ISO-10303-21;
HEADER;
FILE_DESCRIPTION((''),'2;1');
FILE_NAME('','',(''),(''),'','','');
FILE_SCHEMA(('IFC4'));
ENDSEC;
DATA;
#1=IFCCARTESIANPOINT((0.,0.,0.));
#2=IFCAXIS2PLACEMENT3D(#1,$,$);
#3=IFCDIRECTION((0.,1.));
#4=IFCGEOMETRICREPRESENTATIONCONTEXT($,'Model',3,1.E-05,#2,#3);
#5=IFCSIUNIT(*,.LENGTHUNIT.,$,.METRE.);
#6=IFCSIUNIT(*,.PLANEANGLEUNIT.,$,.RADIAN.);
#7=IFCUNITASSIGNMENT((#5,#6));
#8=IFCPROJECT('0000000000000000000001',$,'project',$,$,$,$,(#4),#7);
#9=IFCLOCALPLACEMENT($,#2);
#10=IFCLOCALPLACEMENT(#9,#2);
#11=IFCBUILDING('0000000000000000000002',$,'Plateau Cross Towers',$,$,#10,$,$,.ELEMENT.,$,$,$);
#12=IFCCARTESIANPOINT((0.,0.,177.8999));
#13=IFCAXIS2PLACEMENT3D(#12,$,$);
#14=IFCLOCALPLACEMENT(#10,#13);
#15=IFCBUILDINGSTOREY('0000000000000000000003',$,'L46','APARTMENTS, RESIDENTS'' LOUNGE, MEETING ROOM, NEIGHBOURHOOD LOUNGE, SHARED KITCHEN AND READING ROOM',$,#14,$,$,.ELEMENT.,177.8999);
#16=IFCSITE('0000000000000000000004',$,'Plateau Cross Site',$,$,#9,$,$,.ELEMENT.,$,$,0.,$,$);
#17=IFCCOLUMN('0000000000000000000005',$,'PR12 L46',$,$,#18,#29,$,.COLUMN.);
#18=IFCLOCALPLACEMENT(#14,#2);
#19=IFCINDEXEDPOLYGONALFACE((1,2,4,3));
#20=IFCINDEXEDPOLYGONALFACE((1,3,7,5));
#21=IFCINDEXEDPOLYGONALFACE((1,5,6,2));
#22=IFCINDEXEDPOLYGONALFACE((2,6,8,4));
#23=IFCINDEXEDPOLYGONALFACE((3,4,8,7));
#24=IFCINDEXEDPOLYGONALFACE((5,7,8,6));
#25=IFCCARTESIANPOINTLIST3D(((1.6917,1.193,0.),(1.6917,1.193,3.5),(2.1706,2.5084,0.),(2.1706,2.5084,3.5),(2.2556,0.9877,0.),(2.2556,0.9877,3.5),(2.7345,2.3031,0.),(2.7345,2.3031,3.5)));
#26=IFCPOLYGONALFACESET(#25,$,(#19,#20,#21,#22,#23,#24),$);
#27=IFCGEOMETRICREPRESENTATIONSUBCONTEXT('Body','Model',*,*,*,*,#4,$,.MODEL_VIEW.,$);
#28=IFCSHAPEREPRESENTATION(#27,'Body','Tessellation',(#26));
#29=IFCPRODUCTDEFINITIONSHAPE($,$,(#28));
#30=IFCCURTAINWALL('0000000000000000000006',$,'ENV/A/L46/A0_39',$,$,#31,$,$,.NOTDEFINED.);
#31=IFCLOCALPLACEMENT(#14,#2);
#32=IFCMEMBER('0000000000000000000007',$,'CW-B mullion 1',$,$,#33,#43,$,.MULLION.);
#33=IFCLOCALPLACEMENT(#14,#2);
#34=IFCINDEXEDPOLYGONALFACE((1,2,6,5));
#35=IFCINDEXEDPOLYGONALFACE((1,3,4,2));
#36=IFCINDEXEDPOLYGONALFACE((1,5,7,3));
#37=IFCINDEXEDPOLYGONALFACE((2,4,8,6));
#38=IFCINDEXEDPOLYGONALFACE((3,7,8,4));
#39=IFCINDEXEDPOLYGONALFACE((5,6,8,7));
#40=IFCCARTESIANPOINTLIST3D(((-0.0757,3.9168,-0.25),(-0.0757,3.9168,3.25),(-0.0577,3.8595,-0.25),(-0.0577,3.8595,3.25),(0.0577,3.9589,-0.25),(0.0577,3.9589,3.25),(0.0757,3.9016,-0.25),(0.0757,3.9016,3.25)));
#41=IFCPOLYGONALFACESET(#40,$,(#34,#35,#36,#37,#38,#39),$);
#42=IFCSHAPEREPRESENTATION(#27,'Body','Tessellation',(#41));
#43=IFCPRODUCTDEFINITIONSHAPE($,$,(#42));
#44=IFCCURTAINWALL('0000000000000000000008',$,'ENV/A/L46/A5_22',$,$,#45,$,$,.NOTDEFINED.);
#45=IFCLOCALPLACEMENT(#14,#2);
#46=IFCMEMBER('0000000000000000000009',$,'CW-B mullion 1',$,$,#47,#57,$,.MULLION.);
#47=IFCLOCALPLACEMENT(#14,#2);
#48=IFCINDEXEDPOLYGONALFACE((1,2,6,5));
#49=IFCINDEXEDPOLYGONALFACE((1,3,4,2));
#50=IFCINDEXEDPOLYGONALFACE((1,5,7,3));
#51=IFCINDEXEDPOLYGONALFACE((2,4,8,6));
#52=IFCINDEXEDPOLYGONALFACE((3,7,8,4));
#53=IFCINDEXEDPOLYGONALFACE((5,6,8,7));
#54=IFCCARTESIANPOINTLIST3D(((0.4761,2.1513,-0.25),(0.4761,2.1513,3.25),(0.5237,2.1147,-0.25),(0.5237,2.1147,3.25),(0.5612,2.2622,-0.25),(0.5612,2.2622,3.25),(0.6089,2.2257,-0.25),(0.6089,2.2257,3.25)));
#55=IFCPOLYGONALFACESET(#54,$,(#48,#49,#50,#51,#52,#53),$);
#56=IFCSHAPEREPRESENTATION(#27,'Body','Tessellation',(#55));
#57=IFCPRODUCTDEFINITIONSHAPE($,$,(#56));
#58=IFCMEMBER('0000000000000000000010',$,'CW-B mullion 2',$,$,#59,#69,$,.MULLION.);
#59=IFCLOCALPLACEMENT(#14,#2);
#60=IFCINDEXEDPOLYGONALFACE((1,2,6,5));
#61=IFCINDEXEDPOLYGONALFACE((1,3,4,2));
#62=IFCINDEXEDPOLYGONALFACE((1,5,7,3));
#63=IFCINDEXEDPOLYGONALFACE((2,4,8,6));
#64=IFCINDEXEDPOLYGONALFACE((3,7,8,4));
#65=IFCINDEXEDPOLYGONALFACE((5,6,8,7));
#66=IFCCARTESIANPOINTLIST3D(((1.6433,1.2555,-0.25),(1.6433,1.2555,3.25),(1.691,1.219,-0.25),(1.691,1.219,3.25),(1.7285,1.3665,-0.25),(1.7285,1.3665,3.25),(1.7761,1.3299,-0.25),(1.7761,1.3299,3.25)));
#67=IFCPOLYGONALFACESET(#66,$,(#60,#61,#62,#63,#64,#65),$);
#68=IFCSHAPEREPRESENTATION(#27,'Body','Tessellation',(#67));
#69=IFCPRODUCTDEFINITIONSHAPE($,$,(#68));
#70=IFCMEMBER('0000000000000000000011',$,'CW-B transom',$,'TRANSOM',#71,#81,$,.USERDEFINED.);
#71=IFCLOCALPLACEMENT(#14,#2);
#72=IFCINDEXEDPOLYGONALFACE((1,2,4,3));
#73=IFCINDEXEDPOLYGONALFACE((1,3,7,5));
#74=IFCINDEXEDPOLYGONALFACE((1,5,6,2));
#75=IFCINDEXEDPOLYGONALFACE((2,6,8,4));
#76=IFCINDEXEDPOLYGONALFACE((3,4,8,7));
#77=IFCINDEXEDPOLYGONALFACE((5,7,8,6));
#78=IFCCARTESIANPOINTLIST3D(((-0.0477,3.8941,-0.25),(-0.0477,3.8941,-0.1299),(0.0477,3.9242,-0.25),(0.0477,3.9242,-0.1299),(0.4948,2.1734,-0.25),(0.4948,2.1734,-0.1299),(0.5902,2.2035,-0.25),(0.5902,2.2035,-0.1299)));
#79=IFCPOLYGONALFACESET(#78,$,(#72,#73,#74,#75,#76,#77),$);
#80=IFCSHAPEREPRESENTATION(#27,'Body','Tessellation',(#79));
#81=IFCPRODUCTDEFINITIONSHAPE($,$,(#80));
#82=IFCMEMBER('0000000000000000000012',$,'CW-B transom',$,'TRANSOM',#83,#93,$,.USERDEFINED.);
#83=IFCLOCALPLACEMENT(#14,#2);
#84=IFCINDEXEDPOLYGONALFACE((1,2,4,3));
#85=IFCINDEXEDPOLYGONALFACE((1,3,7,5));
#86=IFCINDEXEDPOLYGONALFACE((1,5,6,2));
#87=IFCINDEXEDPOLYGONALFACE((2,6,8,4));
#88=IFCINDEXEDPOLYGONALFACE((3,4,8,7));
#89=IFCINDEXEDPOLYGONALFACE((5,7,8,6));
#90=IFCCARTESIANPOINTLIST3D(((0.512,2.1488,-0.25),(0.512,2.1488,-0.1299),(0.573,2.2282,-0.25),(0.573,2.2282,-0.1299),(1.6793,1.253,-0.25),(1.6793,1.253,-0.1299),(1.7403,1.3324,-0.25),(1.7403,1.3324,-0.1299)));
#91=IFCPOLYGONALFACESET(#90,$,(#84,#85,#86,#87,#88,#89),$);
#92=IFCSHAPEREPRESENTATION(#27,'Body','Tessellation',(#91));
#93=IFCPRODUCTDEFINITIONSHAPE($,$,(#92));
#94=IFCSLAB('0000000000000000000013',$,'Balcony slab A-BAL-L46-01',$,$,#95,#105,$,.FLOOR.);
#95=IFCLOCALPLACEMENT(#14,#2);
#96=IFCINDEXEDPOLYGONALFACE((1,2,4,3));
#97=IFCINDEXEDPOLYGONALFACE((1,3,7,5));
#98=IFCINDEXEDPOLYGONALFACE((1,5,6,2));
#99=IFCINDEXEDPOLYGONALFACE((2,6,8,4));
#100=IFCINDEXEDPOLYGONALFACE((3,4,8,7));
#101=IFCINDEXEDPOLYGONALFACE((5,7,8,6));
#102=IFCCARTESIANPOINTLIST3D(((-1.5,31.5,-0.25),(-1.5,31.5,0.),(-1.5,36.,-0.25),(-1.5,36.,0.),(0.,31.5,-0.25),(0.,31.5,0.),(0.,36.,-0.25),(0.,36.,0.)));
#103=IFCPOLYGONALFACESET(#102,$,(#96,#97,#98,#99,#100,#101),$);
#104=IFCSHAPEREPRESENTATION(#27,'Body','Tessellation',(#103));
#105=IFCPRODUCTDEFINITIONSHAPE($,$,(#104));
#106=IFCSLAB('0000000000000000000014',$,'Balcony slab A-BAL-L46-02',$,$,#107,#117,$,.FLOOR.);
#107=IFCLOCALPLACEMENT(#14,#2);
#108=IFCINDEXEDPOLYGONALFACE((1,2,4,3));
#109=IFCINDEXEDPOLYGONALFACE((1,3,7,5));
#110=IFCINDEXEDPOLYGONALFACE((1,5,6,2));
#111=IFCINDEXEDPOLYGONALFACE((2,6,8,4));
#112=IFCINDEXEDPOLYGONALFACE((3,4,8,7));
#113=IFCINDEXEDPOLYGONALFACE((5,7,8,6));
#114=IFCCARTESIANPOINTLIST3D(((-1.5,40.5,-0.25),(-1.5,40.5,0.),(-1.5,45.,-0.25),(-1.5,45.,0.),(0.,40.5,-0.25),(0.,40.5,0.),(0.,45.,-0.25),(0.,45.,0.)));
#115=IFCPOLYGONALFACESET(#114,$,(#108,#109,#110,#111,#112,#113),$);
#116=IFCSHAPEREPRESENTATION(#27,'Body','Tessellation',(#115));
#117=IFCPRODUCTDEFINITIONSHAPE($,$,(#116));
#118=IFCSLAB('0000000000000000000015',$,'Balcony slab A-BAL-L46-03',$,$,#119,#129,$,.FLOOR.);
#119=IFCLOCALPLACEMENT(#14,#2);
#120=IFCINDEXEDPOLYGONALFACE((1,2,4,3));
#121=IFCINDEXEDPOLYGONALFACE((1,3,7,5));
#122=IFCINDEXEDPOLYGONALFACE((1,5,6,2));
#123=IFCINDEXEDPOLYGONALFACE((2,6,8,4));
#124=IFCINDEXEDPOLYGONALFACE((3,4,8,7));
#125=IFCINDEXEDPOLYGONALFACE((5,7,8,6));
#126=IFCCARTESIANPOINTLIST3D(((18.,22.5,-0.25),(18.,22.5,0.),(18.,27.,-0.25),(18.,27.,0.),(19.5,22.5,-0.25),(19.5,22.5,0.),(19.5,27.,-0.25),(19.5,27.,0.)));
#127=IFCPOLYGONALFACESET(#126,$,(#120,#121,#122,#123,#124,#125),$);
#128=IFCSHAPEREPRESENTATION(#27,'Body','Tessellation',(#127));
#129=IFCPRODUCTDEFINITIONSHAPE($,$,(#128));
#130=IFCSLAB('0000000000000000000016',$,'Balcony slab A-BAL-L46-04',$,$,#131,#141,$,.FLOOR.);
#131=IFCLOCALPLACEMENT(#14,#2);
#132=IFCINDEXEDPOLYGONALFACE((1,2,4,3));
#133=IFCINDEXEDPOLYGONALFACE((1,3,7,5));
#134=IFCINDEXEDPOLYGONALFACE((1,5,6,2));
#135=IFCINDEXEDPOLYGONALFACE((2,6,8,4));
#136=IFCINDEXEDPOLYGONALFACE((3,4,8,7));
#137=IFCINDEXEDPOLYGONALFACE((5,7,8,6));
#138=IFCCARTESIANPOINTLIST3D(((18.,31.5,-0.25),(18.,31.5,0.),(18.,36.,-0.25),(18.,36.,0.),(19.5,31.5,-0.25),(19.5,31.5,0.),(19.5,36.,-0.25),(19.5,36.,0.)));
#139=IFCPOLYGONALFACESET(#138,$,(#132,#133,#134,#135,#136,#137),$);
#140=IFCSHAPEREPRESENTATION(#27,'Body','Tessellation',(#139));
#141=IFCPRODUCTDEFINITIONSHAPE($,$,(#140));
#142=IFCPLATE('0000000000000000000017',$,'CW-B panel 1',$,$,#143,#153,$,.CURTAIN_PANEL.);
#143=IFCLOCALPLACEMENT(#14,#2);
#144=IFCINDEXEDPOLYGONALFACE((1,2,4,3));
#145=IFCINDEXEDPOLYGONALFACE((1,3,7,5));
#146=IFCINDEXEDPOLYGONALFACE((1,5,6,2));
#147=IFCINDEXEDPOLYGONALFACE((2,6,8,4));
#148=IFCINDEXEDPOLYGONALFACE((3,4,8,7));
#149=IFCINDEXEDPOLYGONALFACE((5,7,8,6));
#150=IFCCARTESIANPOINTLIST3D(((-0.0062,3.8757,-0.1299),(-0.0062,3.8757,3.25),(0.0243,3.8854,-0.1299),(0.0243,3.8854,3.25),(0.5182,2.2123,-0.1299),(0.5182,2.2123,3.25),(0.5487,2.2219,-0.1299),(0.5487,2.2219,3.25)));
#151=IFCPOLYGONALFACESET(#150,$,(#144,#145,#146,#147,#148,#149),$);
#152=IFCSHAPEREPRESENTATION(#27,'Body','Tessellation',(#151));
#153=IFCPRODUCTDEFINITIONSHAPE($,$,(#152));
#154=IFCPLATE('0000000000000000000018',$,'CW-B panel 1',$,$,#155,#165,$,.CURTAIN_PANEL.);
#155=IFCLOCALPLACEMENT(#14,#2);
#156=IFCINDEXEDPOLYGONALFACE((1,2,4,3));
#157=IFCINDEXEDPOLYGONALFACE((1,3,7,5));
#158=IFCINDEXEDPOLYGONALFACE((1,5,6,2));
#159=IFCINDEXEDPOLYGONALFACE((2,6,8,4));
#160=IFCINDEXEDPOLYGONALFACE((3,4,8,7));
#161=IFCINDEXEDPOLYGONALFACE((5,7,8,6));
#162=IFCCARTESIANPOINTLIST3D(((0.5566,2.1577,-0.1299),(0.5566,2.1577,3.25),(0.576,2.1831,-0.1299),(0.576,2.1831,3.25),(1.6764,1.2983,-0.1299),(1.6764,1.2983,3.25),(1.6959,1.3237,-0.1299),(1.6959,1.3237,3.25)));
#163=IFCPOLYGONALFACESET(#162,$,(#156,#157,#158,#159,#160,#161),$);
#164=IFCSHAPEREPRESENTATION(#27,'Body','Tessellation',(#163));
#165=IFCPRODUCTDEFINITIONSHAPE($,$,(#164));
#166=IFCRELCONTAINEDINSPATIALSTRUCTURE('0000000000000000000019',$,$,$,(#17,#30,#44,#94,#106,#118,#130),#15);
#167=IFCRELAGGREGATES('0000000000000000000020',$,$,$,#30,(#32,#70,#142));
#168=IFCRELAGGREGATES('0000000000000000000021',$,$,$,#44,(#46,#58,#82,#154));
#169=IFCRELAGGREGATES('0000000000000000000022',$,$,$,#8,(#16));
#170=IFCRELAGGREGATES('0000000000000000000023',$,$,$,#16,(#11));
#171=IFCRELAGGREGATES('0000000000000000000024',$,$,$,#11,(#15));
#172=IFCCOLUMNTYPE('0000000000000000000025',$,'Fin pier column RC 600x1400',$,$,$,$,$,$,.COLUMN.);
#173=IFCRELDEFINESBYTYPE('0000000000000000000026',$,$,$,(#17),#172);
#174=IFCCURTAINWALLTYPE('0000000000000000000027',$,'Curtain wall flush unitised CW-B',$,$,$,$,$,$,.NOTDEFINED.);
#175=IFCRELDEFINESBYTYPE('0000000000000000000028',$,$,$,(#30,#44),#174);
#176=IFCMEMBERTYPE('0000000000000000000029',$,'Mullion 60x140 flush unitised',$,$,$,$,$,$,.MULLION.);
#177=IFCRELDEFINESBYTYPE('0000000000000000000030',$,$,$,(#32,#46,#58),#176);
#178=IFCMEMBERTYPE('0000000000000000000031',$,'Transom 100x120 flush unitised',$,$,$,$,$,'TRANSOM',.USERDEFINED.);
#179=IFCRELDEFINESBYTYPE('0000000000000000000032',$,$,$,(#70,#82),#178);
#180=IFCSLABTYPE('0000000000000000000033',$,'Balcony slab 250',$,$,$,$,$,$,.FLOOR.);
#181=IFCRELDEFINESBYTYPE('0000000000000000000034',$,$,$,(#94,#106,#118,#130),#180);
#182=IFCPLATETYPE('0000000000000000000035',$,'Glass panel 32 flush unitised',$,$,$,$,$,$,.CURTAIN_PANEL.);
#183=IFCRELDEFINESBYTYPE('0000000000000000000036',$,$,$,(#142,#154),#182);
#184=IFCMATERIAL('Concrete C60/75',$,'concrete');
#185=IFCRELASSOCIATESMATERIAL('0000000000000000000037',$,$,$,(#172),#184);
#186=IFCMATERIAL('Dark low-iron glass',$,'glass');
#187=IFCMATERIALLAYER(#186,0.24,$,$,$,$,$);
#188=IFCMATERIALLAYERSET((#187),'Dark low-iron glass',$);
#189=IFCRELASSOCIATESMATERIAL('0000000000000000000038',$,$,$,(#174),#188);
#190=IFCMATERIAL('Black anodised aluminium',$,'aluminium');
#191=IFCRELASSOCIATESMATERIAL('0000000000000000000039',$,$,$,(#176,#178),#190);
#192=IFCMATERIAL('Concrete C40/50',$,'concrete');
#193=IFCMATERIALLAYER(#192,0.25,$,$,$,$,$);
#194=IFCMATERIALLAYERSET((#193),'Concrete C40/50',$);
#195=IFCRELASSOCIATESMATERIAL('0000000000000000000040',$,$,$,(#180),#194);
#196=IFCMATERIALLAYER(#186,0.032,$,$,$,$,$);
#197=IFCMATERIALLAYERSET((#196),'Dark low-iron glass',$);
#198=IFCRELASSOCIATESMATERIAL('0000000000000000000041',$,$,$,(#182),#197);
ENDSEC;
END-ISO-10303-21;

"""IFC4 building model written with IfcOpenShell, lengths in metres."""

from ifc_helpers import new_model, si_unit, direction, frame, origin, origin_2d, place, context, subcontext, project, spatial, polyline, rectangle, outline, extrude, material, layer, layer_set, material_profile, profile_set, type_object, element, aggregate, save


model = new_model("IFC4")

# Units and contexts
model_context = context("Model", 3, precision=1e-05, world=origin(), true_north=direction((0.0, 1.0)))
body_context = subcontext(model_context, "Body", "Model", "MODEL_VIEW")
ifc_project = project(units=[si_unit("LENGTHUNIT", "METRE"), si_unit("PLANEANGLEUNIT", "RADIAN")], contexts=[model_context])

# Site, building, storey
site_placement = place(None, origin())
site = spatial("IfcSite", under=ifc_project, at=site_placement, Name="Plateau Cross Site", CompositionType="ELEMENT", RefElevation=0.0)
building_placement = place(site_placement, origin())
building = spatial("IfcBuilding", under=site, at=building_placement, Name="Plateau Cross Towers", CompositionType="ELEMENT")
storey_placement = place(building_placement, frame((0.0, 0.0, 177.8999)))
storey = spatial("IfcBuildingStorey", under=building, at=storey_placement, Name="L46", Description="APARTMENTS, RESIDENTS' LOUNGE, MEETING ROOM, NEIGHBOURHOOD LOUNGE, SHARED KITCHEN AND READING ROOM", CompositionType="ELEMENT", Elevation=177.8999)

# Column
ifc_material_1 = material(Name="Concrete C60/75", Category="concrete")
ifc_material_profile_1 = material_profile(ifc_material_1, rectangle(XDim=0.6001, YDim=1.3999, at=origin_2d()), Name="RC 600x1400")
ifc_profile_set_1 = profile_set([ifc_material_profile_1], Name="Concrete C60/75")
column_type = type_object("IfcColumnType", Name="Fin pier column RC 600x1400", PredefinedType="COLUMN", material=ifc_profile_set_1)
column_placement = place(storey_placement, frame((2.2131, 1.748, 0.0), z_axis=(0.0, 0.0, 1.0), x_axis=(-0.939664, 0.342098, 0.0)))
element("IfcColumn", 1, at=column_placement, inside=storey, type_object=column_type, Name="PR12 L46", PredefinedType="COLUMN", context=body_context, shape_type="SweptSolid", body=[
    extrude(rectangle(XDim=0.6001, YDim=1.3999, at=origin_2d()), origin(), (0.0, 0.0, 1.0), 3.5),
])

# Curtain wall, member
ifc_material_2 = material(Name="Dark low-iron glass", Category="glass")
ifc_layer_1 = layer(ifc_material_2, 0.24)
ifc_layer_set_1 = layer_set([ifc_layer_1], Name="Dark low-iron glass")
curtain_wall_type = type_object("IfcCurtainWallType", Name="Curtain wall flush unitised CW-B", PredefinedType="NOTDEFINED", material=ifc_layer_set_1)
curtain_wall_1_placement = place(storey_placement, origin())
curtain_wall_1 = element("IfcCurtainWall", 2, at=curtain_wall_1_placement, inside=storey, type_object=curtain_wall_type, Name="ENV/A/L46/A0_39", PredefinedType="NOTDEFINED")
ifc_material_3 = material(Name="Black anodised aluminium", Category="aluminium")
ifc_material_profile_2 = material_profile(ifc_material_3, rectangle(XDim=0.0601, YDim=0.1399, at=origin_2d()), Name="MULLION 60x140")
ifc_profile_set_2 = profile_set([ifc_material_profile_2], Name="Black anodised aluminium")
member_type_1 = type_object("IfcMemberType", Name="Mullion 60x140 flush unitised", PredefinedType="MULLION", material=ifc_profile_set_2)
member_1_placement = place(storey_placement, frame((0.0, 3.9092, -0.25), z_axis=(0.0, 0.0, 1.0), x_axis=(0.300686, -0.953723, 0.0)))
member_1 = element("IfcMember", 3, at=member_1_placement, type_object=member_type_1, Name="CW-B mullion 1", PredefinedType="MULLION", context=body_context, shape_type="SweptSolid", body=[
    extrude(rectangle(XDim=0.0601, YDim=0.1399, at=origin_2d()), origin(), (0.0, 0.0, 1.0), 3.5),
])

# Curtain wall, members
curtain_wall_2_placement = place(storey_placement, origin())
curtain_wall_2 = element("IfcCurtainWall", 4, at=curtain_wall_2_placement, inside=storey, type_object=curtain_wall_type, Name="ENV/A/L46/A5_22", PredefinedType="NOTDEFINED")
member_2_placement = place(storey_placement, frame((0.5425, 2.1885, -0.25), z_axis=(0.0, 0.0, 1.0), x_axis=(0.793316, -0.608811, 0.0)))
member_2 = element("IfcMember", 5, at=member_2_placement, type_object=member_type_1, Name="CW-B mullion 1", PredefinedType="MULLION", context=body_context, shape_type="SweptSolid", body=[
    extrude(rectangle(XDim=0.0601, YDim=0.1399, at=origin_2d()), origin(), (0.0, 0.0, 1.0), 3.5),
])
member_3_placement = place(storey_placement, frame((1.7097, 1.2927, -0.25), z_axis=(0.0, 0.0, 1.0), x_axis=(0.793316, -0.608811, 0.0)))
member_3 = element("IfcMember", 6, at=member_3_placement, type_object=member_type_1, Name="CW-B mullion 2", PredefinedType="MULLION", context=body_context, shape_type="SweptSolid", body=[
    extrude(rectangle(XDim=0.0601, YDim=0.1399, at=origin_2d()), origin(), (0.0, 0.0, 1.0), 3.5),
])

# Members
ifc_material_profile_3 = material_profile(ifc_material_3, rectangle(XDim=0.1001, YDim=0.1201, at=origin_2d()), Name="TRANSOM 100x120")
ifc_profile_set_3 = profile_set([ifc_material_profile_3], Name="Black anodised aluminium")
member_type_2 = type_object("IfcMemberType", Name="Transom 100x120 flush unitised", ElementType="TRANSOM", PredefinedType="USERDEFINED", material=ifc_profile_set_3)
member_4_placement = place(storey_placement, frame((0.0, 3.9092, -0.1899), z_axis=(0.300678, -0.953726, 0.0), x_axis=(0.953726, 0.300678, 0.0)))
member_4 = element("IfcMember", 7, at=member_4_placement, type_object=member_type_2, Name="CW-B transom", ObjectType="TRANSOM", PredefinedType="USERDEFINED", context=body_context, shape_type="SweptSolid", body=[
    extrude(rectangle(XDim=0.1001, YDim=0.1201, at=origin_2d()), origin(), (0.0, 0.0, 1.0), 1.8042),
])
member_5_placement = place(storey_placement, frame((0.5425, 2.1885, -0.1899), z_axis=(0.793321, -0.608804, 0.0), x_axis=(0.608804, 0.793321, 0.0)))
member_5 = element("IfcMember", 8, at=member_5_placement, type_object=member_type_2, Name="CW-B transom", ObjectType="TRANSOM", PredefinedType="USERDEFINED", context=body_context, shape_type="SweptSolid", body=[
    extrude(rectangle(XDim=0.1001, YDim=0.1201, at=origin_2d()), origin(), (0.0, 0.0, 1.0), 1.4714),
])

# Slabs
ifc_material_4 = material(Name="Concrete C40/50", Category="concrete")
ifc_layer_2 = layer(ifc_material_4, 0.25)
ifc_layer_set_2 = layer_set([ifc_layer_2], Name="Concrete C40/50")
slab_type_1 = type_object("IfcSlabType", Name="Balcony slab 250", PredefinedType="FLOOR", material=ifc_layer_set_2)
slab_1_placement = place(storey_placement, frame((0.0, 0.0, -0.25)))
element("IfcSlab", 9, at=slab_1_placement, inside=storey, type_object=slab_type_1, Name="Balcony slab A-BAL-L46-01", PredefinedType="FLOOR", context=body_context, shape_type="SweptSolid", body=[
    extrude(outline(polyline([(0.0, 31.5), (0.0, 36.0), (-1.5, 36.0), (-1.5, 31.5), (0.0, 31.5)])), origin(), (0.0, 0.0, 1.0), 0.25),
])
slab_2_placement = place(storey_placement, frame((0.0, 0.0, -0.25)))
element("IfcSlab", 10, at=slab_2_placement, inside=storey, type_object=slab_type_1, Name="Balcony slab A-BAL-L46-02", PredefinedType="FLOOR", context=body_context, shape_type="SweptSolid", body=[
    extrude(outline(polyline([(0.0, 40.5), (0.0, 45.0), (-1.5, 45.0), (-1.5, 40.5), (0.0, 40.5)])), origin(), (0.0, 0.0, 1.0), 0.25),
])
slab_3_placement = place(storey_placement, frame((0.0, 0.0, -0.25)))
element("IfcSlab", 11, at=slab_3_placement, inside=storey, type_object=slab_type_1, Name="Balcony slab A-BAL-L46-03", PredefinedType="FLOOR", context=body_context, shape_type="SweptSolid", body=[
    extrude(outline(polyline([(19.5, 22.5), (19.5, 27.0), (18.0, 27.0), (18.0, 22.5), (19.5, 22.5)])), origin(), (0.0, 0.0, 1.0), 0.25),
])
slab_4_placement = place(storey_placement, frame((0.0, 0.0, -0.25)))
element("IfcSlab", 12, at=slab_4_placement, inside=storey, type_object=slab_type_1, Name="Balcony slab A-BAL-L46-04", PredefinedType="FLOOR", context=body_context, shape_type="SweptSolid", body=[
    extrude(outline(polyline([(19.5, 31.5), (19.5, 36.0), (18.0, 36.0), (18.0, 31.5), (19.5, 31.5)])), origin(), (0.0, 0.0, 1.0), 0.25),
])

# Plates
ifc_layer_3 = layer(ifc_material_2, 0.032)
ifc_layer_set_3 = layer_set([ifc_layer_3], Name="Dark low-iron glass")
plate_type = type_object("IfcPlateType", Name="Glass panel 32 flush unitised", PredefinedType="CURTAIN_PANEL", material=ifc_layer_set_3)
plate_1_placement = place(storey_placement, frame((0.2712, 3.0488, -0.1299), z_axis=(0.0, 0.0, 1.0), x_axis=(0.300686, -0.953723, 0.0)))
plate_1 = element("IfcPlate", 13, at=plate_1_placement, type_object=plate_type, Name="CW-B panel 1", PredefinedType="CURTAIN_PANEL", context=body_context, shape_type="SweptSolid", body=[
    extrude(rectangle(XDim=1.7441, YDim=0.032, at=origin_2d()), origin(), (0.0, 0.0, 1.0), 3.3799),
])
aggregate(curtain_wall_1, [member_1, member_4, plate_1])
plate_2_placement = place(storey_placement, frame((1.1262, 1.7407, -0.1299), z_axis=(0.0, 0.0, 1.0), x_axis=(0.793316, -0.608811, 0.0)))
plate_2 = element("IfcPlate", 14, at=plate_2_placement, type_object=plate_type, Name="CW-B panel 1", PredefinedType="CURTAIN_PANEL", context=body_context, shape_type="SweptSolid", body=[
    extrude(rectangle(XDim=1.4116, YDim=0.032, at=origin_2d()), origin(), (0.0, 0.0, 1.0), 3.3799),
])
aggregate(curtain_wall_2, [member_2, member_3, member_5, plate_2])

save(model, "model.ifc")
